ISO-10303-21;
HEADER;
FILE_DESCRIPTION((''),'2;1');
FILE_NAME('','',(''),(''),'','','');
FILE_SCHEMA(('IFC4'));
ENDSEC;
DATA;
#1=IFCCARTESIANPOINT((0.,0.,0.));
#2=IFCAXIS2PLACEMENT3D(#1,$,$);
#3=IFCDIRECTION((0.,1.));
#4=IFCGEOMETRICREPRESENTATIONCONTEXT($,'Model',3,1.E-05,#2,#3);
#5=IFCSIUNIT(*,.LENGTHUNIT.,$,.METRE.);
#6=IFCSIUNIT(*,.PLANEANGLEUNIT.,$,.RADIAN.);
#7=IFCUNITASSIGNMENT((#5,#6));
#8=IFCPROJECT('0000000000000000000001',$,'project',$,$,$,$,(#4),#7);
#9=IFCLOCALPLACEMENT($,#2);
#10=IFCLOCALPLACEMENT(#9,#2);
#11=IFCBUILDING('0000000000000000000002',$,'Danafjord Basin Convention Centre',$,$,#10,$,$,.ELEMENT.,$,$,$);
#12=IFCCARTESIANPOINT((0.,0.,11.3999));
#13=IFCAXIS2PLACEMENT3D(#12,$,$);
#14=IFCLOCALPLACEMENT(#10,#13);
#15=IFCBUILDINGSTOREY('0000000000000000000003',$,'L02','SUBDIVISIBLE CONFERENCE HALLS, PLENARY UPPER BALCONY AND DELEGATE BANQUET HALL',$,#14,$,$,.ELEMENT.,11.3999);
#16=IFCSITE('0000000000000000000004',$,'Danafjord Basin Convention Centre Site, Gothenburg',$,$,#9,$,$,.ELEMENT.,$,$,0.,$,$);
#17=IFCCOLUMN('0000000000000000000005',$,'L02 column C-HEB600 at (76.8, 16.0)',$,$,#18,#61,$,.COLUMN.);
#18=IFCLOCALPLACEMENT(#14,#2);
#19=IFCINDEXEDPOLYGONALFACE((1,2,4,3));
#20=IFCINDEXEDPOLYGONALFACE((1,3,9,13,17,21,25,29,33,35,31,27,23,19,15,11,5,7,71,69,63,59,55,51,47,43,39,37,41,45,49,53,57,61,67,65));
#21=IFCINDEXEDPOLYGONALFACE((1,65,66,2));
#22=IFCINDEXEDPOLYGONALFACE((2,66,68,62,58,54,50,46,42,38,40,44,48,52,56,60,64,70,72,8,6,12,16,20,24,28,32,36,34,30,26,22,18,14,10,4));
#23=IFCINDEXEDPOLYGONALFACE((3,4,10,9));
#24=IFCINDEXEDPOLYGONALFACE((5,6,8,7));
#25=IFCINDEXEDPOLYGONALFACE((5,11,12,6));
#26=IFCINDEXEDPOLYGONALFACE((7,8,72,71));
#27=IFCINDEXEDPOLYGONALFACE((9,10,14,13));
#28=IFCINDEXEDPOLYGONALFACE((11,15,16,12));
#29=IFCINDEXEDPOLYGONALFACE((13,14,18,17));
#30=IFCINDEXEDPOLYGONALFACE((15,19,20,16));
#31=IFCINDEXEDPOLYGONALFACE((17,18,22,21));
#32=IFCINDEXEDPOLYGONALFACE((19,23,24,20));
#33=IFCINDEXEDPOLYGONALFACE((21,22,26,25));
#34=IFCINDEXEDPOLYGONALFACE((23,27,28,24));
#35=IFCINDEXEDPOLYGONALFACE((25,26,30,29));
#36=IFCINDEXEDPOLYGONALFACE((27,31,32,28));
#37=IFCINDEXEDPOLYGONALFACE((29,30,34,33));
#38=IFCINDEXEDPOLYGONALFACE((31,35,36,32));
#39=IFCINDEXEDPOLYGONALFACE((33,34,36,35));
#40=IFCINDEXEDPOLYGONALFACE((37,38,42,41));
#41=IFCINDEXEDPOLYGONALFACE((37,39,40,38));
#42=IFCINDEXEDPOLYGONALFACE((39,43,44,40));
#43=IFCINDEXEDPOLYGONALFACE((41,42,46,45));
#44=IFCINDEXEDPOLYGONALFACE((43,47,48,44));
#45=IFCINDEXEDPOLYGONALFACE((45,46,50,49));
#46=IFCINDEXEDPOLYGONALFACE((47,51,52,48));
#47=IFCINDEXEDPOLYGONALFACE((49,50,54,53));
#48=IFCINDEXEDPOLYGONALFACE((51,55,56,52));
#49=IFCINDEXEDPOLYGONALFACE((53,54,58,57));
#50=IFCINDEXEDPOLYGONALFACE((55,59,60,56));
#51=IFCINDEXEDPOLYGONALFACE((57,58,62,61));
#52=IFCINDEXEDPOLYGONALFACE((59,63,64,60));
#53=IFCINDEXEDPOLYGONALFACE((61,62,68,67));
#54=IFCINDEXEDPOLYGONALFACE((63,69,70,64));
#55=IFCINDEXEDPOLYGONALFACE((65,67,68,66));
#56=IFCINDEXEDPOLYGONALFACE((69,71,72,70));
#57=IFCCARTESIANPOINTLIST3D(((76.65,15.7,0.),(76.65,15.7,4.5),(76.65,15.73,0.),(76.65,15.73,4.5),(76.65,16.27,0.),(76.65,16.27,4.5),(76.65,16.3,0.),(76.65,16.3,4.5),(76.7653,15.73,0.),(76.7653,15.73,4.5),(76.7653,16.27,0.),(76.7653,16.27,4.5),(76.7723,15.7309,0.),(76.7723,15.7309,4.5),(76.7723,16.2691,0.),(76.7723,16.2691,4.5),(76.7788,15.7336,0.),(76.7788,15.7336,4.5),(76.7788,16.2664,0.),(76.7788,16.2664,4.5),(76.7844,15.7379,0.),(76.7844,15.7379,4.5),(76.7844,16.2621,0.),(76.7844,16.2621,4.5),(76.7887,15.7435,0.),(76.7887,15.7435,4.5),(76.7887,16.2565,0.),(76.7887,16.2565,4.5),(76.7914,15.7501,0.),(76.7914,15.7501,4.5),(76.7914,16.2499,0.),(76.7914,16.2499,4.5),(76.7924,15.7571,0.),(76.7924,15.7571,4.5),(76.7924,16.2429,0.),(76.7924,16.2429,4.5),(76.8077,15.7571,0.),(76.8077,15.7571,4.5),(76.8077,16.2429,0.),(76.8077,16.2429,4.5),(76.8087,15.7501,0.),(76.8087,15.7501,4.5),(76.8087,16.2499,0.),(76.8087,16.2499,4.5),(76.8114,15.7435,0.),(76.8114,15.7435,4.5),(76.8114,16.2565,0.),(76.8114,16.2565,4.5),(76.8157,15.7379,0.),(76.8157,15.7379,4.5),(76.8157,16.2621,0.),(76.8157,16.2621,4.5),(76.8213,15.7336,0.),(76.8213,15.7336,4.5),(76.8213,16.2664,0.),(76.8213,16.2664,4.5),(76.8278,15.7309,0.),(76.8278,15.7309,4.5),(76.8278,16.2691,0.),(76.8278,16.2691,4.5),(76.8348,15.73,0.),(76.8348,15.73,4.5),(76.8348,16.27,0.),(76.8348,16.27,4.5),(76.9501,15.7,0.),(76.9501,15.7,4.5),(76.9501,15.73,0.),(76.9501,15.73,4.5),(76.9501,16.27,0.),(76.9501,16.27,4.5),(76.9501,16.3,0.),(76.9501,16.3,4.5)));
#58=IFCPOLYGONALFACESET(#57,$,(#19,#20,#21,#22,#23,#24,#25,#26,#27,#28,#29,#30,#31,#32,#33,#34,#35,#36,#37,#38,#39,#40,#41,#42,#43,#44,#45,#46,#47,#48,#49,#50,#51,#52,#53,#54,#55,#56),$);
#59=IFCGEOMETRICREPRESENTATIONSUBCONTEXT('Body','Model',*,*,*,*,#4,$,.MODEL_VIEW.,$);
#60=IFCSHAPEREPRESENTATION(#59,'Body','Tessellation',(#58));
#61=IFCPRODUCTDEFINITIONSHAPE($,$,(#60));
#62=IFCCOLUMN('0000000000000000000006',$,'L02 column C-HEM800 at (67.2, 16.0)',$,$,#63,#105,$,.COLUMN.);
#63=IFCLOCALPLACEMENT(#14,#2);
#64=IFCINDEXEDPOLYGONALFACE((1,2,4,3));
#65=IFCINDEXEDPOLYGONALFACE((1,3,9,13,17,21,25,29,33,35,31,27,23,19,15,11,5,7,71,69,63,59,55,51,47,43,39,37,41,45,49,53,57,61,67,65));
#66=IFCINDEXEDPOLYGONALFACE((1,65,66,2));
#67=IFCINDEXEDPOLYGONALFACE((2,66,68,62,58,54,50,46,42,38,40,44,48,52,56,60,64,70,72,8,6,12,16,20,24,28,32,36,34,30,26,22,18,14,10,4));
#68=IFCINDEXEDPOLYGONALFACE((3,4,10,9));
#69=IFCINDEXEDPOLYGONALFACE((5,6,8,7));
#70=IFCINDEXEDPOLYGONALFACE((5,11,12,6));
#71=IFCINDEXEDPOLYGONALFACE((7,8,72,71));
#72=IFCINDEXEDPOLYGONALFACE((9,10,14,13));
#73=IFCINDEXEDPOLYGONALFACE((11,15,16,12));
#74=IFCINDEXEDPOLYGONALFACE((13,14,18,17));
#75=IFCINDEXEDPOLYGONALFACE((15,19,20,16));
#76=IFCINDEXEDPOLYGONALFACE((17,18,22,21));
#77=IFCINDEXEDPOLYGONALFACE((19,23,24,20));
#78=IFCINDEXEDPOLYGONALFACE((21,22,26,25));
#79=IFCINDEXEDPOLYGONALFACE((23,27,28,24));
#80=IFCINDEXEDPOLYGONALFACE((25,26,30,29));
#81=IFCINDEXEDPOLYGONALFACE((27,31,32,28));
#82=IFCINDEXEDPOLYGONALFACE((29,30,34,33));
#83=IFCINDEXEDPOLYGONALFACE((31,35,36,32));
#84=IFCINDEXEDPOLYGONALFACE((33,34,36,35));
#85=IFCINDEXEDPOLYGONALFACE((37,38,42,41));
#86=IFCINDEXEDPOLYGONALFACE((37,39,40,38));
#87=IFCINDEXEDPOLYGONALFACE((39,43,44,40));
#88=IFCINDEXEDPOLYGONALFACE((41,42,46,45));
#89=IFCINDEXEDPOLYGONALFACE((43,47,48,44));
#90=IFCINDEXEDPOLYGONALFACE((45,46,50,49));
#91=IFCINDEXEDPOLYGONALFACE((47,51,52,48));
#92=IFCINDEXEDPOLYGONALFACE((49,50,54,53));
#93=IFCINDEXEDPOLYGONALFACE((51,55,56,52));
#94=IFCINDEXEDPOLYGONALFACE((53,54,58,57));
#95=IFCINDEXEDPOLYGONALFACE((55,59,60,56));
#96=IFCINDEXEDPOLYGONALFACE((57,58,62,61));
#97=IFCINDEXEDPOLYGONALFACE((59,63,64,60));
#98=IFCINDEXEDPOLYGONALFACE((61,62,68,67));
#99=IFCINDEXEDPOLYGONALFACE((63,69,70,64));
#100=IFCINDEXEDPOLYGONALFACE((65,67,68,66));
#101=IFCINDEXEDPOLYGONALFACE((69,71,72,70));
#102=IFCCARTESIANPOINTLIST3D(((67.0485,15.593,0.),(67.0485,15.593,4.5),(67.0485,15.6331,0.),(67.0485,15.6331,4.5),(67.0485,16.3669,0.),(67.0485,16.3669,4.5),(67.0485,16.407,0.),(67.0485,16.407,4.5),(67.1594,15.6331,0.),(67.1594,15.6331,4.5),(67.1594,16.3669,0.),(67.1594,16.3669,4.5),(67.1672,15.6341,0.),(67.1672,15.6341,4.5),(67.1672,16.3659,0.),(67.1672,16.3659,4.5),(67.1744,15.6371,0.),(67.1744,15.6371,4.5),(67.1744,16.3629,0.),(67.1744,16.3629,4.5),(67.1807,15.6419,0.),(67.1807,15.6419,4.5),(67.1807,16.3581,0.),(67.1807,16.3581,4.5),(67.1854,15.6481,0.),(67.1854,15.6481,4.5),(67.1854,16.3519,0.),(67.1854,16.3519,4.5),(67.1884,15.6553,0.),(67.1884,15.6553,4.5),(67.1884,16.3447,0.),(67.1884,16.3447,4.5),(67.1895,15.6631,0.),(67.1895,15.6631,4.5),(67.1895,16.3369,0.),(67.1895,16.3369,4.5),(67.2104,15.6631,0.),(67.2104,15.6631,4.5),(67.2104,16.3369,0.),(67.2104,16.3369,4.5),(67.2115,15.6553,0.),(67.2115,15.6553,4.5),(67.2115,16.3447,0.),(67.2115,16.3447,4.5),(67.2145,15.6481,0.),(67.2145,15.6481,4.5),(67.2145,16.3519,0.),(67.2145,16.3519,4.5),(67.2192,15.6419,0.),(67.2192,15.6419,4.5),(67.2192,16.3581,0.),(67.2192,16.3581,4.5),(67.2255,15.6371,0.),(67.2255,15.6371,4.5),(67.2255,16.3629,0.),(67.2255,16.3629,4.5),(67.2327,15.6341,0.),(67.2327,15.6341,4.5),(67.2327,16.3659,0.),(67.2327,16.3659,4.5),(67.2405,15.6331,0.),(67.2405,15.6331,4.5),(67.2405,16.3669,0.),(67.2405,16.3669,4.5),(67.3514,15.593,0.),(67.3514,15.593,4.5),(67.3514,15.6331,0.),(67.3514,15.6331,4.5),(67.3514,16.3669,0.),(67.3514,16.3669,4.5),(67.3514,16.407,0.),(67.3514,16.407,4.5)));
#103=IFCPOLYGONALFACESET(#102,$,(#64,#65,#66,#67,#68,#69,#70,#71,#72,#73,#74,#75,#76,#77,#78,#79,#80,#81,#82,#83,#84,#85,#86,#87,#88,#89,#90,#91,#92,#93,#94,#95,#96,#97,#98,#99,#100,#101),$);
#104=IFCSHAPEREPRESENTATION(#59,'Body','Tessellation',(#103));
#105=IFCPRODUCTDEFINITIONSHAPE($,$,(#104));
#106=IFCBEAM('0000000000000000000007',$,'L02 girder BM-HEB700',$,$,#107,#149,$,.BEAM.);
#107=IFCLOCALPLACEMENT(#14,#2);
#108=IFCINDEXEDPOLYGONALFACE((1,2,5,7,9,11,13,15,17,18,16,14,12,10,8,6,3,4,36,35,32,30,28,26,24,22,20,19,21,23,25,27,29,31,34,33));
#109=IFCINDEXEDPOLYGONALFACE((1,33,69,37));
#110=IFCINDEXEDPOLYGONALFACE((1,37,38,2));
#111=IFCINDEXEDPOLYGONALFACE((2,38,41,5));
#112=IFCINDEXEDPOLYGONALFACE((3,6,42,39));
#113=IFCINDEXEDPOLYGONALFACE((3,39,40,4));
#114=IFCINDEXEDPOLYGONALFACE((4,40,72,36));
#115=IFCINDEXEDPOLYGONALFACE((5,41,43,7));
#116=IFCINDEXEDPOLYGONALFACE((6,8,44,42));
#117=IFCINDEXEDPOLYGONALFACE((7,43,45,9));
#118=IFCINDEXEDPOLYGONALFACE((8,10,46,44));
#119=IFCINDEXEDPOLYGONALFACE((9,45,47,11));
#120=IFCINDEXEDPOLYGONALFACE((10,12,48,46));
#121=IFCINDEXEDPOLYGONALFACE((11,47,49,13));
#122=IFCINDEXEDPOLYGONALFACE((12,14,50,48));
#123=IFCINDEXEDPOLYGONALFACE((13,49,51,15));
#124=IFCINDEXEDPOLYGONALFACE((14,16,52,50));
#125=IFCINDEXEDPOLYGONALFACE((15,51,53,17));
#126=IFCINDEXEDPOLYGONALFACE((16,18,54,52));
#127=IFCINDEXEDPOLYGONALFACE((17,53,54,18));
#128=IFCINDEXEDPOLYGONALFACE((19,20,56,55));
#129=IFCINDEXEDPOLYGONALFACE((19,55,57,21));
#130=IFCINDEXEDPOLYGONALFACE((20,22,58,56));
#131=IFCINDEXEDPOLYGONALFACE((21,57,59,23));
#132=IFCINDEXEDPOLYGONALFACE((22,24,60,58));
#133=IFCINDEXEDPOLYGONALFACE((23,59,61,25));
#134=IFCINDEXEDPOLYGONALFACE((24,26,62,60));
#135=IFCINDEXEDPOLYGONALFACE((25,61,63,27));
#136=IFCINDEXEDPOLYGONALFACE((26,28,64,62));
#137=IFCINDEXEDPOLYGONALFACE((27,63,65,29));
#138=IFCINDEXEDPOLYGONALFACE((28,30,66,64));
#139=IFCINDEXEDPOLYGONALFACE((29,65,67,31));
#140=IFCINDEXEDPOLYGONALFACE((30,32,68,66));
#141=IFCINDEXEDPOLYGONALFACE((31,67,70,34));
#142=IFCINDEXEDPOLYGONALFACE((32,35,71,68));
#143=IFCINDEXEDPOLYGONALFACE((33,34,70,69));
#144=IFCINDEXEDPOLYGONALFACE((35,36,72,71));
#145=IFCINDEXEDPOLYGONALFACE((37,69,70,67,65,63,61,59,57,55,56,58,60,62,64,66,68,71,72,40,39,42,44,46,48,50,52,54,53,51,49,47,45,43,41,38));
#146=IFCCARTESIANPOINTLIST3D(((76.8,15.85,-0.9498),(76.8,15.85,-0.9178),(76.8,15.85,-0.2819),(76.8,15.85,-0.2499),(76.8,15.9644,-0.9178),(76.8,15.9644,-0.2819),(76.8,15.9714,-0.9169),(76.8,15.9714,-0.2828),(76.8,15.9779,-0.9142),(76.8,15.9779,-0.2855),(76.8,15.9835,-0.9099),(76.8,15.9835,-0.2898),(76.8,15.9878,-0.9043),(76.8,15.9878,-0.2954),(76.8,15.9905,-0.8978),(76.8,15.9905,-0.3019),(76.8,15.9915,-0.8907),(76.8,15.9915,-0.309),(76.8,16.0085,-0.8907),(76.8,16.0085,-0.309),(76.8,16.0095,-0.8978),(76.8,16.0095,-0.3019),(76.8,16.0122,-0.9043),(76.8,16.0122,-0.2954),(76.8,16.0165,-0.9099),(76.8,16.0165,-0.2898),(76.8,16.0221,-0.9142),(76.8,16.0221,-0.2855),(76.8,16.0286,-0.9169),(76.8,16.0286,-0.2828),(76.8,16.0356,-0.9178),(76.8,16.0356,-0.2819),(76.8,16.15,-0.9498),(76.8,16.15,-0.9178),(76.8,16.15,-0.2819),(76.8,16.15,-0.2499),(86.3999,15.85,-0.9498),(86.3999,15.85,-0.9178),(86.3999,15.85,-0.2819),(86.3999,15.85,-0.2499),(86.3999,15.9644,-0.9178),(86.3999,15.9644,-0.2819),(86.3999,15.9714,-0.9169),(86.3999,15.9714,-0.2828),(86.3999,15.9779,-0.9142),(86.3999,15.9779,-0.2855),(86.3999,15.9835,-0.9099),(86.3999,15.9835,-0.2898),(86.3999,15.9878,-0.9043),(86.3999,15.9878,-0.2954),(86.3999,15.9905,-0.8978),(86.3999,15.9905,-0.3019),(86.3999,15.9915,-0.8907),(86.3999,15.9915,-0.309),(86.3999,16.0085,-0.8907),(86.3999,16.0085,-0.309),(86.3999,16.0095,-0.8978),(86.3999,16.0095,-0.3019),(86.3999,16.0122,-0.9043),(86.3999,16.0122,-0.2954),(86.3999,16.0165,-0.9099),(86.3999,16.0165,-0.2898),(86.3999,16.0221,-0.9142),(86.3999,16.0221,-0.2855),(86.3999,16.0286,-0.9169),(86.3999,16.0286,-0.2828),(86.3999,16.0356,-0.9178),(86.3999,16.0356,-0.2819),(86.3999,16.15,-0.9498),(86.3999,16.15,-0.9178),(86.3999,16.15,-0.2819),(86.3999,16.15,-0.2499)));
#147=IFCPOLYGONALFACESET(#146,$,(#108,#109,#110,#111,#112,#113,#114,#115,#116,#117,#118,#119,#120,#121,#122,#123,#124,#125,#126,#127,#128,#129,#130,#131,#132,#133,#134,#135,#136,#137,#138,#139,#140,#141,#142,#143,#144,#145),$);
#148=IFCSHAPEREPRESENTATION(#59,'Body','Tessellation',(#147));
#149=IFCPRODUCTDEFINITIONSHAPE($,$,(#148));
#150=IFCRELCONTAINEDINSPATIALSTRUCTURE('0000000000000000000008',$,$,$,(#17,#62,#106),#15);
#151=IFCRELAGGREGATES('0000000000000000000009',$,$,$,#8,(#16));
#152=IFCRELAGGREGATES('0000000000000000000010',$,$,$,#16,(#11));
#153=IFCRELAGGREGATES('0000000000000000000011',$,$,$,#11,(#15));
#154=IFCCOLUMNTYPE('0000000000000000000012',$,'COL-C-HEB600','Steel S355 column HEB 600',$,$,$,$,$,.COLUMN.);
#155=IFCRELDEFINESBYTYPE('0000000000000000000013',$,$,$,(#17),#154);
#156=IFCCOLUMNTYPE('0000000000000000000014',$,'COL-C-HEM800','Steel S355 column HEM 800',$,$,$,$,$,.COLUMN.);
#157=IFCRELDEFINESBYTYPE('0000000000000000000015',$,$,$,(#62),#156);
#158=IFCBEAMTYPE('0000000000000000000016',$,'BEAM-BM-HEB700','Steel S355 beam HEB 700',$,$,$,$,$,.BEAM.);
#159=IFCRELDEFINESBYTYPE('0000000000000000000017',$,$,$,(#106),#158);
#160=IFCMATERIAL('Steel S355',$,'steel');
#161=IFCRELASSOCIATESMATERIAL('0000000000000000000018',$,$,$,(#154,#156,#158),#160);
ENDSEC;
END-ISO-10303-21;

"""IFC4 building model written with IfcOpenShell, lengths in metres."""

from ifc_helpers import new_model, si_unit, direction, frame, origin, origin_2d, place, context, subcontext, project, spatial, i_section, extrude, material, material_profile, profile_set, type_object, element, save


model = new_model("IFC4")

# Units and contexts
model_context = context("Model", 3, precision=1e-05, world=origin(), true_north=direction((0.0, 1.0)))
body_context = subcontext(model_context, "Body", "Model", "MODEL_VIEW")
ifc_project = project(units=[si_unit("LENGTHUNIT", "METRE"), si_unit("PLANEANGLEUNIT", "RADIAN")], contexts=[model_context])

# Site, building, storey
site_placement = place(None, origin())
site = spatial("IfcSite", under=ifc_project, at=site_placement, Name="Danafjord Basin Convention Centre Site, Gothenburg", CompositionType="ELEMENT", RefElevation=0.0)
building_placement = place(site_placement, origin())
building = spatial("IfcBuilding", under=site, at=building_placement, Name="Danafjord Basin Convention Centre", CompositionType="ELEMENT")
storey_placement = place(building_placement, frame((0.0, 0.0, 11.3999)))
storey = spatial("IfcBuildingStorey", under=building, at=storey_placement, Name="L02", Description="SUBDIVISIBLE CONFERENCE HALLS, PLENARY UPPER BALCONY AND DELEGATE BANQUET HALL", CompositionType="ELEMENT", Elevation=11.3999)

# Columns
ifc_material_1 = material(Name="Steel S355", Category="steel")
ifc_material_profile_1 = material_profile(ifc_material_1, i_section(OverallWidth=0.3, OverallDepth=0.6001, WebThickness=0.0154, FlangeThickness=0.03, FilletRadius=0.0271, at=origin_2d()), Name="HEB 600")
ifc_profile_set_1 = profile_set([ifc_material_profile_1], Name="Steel S355")
column_type_1 = type_object("IfcColumnType", Name="COL-C-HEB600", Description="Steel S355 column HEB 600", PredefinedType="COLUMN", material=ifc_profile_set_1)
column_1_placement = place(storey_placement, frame((76.8, 16.0, 0.0), z_axis=(0.0, 0.0, 1.0), x_axis=(1.0, 0.0, 0.0)))
element("IfcColumn", 1, at=column_1_placement, inside=storey, type_object=column_type_1, Name="L02 column C-HEB600 at (76.8, 16.0)", PredefinedType="COLUMN", context=body_context, shape_type="SweptSolid", body=[
    extrude(i_section(OverallWidth=0.3, OverallDepth=0.6001, WebThickness=0.0154, FlangeThickness=0.03, FilletRadius=0.0271, at=origin_2d()), origin(), (0.0, 0.0, 1.0), 4.5),
])
ifc_material_profile_2 = material_profile(ifc_material_1, i_section(OverallWidth=0.303, OverallDepth=0.814, WebThickness=0.021, FlangeThickness=0.04, FilletRadius=0.03, at=origin_2d()), Name="HEM 800")
ifc_profile_set_2 = profile_set([ifc_material_profile_2], Name="Steel S355")
column_type_2 = type_object("IfcColumnType", Name="COL-C-HEM800", Description="Steel S355 column HEM 800", PredefinedType="COLUMN", material=ifc_profile_set_2)
column_2_placement = place(storey_placement, frame((67.2, 16.0, 0.0), z_axis=(0.0, 0.0, 1.0), x_axis=(1.0, 0.0, 0.0)))
element("IfcColumn", 2, at=column_2_placement, inside=storey, type_object=column_type_2, Name="L02 column C-HEM800 at (67.2, 16.0)", PredefinedType="COLUMN", context=body_context, shape_type="SweptSolid", body=[
    extrude(i_section(OverallWidth=0.303, OverallDepth=0.814, WebThickness=0.021, FlangeThickness=0.04, FilletRadius=0.03, at=origin_2d()), origin(), (0.0, 0.0, 1.0), 4.5),
])

# Beam
ifc_material_profile_3 = material_profile(ifc_material_1, i_section(OverallWidth=0.3, OverallDepth=0.7, WebThickness=0.0171, FlangeThickness=0.032, FilletRadius=0.0271, at=origin_2d()), Name="HEB 700")
ifc_profile_set_3 = profile_set([ifc_material_profile_3], Name="Steel S355")
beam_type_1 = type_object("IfcBeamType", Name="BEAM-BM-HEB700", Description="Steel S355 beam HEB 700", PredefinedType="BEAM", material=ifc_profile_set_3)
beam_1_placement = place(storey_placement, frame((76.8, 16.0, -0.5999), z_axis=(1.0, 0.0, 0.0), x_axis=(0.0, 1.0, 0.0)))
element("IfcBeam", 3, at=beam_1_placement, inside=storey, type_object=beam_type_1, Name="L02 girder BM-HEB700", PredefinedType="BEAM", context=body_context, shape_type="SweptSolid", body=[
    extrude(i_section(OverallWidth=0.3, OverallDepth=0.7, WebThickness=0.0171, FlangeThickness=0.032, FilletRadius=0.0271, at=origin_2d()), origin(), (0.0, 0.0, 1.0), 9.5999),
])

save(model, "model.ifc")
